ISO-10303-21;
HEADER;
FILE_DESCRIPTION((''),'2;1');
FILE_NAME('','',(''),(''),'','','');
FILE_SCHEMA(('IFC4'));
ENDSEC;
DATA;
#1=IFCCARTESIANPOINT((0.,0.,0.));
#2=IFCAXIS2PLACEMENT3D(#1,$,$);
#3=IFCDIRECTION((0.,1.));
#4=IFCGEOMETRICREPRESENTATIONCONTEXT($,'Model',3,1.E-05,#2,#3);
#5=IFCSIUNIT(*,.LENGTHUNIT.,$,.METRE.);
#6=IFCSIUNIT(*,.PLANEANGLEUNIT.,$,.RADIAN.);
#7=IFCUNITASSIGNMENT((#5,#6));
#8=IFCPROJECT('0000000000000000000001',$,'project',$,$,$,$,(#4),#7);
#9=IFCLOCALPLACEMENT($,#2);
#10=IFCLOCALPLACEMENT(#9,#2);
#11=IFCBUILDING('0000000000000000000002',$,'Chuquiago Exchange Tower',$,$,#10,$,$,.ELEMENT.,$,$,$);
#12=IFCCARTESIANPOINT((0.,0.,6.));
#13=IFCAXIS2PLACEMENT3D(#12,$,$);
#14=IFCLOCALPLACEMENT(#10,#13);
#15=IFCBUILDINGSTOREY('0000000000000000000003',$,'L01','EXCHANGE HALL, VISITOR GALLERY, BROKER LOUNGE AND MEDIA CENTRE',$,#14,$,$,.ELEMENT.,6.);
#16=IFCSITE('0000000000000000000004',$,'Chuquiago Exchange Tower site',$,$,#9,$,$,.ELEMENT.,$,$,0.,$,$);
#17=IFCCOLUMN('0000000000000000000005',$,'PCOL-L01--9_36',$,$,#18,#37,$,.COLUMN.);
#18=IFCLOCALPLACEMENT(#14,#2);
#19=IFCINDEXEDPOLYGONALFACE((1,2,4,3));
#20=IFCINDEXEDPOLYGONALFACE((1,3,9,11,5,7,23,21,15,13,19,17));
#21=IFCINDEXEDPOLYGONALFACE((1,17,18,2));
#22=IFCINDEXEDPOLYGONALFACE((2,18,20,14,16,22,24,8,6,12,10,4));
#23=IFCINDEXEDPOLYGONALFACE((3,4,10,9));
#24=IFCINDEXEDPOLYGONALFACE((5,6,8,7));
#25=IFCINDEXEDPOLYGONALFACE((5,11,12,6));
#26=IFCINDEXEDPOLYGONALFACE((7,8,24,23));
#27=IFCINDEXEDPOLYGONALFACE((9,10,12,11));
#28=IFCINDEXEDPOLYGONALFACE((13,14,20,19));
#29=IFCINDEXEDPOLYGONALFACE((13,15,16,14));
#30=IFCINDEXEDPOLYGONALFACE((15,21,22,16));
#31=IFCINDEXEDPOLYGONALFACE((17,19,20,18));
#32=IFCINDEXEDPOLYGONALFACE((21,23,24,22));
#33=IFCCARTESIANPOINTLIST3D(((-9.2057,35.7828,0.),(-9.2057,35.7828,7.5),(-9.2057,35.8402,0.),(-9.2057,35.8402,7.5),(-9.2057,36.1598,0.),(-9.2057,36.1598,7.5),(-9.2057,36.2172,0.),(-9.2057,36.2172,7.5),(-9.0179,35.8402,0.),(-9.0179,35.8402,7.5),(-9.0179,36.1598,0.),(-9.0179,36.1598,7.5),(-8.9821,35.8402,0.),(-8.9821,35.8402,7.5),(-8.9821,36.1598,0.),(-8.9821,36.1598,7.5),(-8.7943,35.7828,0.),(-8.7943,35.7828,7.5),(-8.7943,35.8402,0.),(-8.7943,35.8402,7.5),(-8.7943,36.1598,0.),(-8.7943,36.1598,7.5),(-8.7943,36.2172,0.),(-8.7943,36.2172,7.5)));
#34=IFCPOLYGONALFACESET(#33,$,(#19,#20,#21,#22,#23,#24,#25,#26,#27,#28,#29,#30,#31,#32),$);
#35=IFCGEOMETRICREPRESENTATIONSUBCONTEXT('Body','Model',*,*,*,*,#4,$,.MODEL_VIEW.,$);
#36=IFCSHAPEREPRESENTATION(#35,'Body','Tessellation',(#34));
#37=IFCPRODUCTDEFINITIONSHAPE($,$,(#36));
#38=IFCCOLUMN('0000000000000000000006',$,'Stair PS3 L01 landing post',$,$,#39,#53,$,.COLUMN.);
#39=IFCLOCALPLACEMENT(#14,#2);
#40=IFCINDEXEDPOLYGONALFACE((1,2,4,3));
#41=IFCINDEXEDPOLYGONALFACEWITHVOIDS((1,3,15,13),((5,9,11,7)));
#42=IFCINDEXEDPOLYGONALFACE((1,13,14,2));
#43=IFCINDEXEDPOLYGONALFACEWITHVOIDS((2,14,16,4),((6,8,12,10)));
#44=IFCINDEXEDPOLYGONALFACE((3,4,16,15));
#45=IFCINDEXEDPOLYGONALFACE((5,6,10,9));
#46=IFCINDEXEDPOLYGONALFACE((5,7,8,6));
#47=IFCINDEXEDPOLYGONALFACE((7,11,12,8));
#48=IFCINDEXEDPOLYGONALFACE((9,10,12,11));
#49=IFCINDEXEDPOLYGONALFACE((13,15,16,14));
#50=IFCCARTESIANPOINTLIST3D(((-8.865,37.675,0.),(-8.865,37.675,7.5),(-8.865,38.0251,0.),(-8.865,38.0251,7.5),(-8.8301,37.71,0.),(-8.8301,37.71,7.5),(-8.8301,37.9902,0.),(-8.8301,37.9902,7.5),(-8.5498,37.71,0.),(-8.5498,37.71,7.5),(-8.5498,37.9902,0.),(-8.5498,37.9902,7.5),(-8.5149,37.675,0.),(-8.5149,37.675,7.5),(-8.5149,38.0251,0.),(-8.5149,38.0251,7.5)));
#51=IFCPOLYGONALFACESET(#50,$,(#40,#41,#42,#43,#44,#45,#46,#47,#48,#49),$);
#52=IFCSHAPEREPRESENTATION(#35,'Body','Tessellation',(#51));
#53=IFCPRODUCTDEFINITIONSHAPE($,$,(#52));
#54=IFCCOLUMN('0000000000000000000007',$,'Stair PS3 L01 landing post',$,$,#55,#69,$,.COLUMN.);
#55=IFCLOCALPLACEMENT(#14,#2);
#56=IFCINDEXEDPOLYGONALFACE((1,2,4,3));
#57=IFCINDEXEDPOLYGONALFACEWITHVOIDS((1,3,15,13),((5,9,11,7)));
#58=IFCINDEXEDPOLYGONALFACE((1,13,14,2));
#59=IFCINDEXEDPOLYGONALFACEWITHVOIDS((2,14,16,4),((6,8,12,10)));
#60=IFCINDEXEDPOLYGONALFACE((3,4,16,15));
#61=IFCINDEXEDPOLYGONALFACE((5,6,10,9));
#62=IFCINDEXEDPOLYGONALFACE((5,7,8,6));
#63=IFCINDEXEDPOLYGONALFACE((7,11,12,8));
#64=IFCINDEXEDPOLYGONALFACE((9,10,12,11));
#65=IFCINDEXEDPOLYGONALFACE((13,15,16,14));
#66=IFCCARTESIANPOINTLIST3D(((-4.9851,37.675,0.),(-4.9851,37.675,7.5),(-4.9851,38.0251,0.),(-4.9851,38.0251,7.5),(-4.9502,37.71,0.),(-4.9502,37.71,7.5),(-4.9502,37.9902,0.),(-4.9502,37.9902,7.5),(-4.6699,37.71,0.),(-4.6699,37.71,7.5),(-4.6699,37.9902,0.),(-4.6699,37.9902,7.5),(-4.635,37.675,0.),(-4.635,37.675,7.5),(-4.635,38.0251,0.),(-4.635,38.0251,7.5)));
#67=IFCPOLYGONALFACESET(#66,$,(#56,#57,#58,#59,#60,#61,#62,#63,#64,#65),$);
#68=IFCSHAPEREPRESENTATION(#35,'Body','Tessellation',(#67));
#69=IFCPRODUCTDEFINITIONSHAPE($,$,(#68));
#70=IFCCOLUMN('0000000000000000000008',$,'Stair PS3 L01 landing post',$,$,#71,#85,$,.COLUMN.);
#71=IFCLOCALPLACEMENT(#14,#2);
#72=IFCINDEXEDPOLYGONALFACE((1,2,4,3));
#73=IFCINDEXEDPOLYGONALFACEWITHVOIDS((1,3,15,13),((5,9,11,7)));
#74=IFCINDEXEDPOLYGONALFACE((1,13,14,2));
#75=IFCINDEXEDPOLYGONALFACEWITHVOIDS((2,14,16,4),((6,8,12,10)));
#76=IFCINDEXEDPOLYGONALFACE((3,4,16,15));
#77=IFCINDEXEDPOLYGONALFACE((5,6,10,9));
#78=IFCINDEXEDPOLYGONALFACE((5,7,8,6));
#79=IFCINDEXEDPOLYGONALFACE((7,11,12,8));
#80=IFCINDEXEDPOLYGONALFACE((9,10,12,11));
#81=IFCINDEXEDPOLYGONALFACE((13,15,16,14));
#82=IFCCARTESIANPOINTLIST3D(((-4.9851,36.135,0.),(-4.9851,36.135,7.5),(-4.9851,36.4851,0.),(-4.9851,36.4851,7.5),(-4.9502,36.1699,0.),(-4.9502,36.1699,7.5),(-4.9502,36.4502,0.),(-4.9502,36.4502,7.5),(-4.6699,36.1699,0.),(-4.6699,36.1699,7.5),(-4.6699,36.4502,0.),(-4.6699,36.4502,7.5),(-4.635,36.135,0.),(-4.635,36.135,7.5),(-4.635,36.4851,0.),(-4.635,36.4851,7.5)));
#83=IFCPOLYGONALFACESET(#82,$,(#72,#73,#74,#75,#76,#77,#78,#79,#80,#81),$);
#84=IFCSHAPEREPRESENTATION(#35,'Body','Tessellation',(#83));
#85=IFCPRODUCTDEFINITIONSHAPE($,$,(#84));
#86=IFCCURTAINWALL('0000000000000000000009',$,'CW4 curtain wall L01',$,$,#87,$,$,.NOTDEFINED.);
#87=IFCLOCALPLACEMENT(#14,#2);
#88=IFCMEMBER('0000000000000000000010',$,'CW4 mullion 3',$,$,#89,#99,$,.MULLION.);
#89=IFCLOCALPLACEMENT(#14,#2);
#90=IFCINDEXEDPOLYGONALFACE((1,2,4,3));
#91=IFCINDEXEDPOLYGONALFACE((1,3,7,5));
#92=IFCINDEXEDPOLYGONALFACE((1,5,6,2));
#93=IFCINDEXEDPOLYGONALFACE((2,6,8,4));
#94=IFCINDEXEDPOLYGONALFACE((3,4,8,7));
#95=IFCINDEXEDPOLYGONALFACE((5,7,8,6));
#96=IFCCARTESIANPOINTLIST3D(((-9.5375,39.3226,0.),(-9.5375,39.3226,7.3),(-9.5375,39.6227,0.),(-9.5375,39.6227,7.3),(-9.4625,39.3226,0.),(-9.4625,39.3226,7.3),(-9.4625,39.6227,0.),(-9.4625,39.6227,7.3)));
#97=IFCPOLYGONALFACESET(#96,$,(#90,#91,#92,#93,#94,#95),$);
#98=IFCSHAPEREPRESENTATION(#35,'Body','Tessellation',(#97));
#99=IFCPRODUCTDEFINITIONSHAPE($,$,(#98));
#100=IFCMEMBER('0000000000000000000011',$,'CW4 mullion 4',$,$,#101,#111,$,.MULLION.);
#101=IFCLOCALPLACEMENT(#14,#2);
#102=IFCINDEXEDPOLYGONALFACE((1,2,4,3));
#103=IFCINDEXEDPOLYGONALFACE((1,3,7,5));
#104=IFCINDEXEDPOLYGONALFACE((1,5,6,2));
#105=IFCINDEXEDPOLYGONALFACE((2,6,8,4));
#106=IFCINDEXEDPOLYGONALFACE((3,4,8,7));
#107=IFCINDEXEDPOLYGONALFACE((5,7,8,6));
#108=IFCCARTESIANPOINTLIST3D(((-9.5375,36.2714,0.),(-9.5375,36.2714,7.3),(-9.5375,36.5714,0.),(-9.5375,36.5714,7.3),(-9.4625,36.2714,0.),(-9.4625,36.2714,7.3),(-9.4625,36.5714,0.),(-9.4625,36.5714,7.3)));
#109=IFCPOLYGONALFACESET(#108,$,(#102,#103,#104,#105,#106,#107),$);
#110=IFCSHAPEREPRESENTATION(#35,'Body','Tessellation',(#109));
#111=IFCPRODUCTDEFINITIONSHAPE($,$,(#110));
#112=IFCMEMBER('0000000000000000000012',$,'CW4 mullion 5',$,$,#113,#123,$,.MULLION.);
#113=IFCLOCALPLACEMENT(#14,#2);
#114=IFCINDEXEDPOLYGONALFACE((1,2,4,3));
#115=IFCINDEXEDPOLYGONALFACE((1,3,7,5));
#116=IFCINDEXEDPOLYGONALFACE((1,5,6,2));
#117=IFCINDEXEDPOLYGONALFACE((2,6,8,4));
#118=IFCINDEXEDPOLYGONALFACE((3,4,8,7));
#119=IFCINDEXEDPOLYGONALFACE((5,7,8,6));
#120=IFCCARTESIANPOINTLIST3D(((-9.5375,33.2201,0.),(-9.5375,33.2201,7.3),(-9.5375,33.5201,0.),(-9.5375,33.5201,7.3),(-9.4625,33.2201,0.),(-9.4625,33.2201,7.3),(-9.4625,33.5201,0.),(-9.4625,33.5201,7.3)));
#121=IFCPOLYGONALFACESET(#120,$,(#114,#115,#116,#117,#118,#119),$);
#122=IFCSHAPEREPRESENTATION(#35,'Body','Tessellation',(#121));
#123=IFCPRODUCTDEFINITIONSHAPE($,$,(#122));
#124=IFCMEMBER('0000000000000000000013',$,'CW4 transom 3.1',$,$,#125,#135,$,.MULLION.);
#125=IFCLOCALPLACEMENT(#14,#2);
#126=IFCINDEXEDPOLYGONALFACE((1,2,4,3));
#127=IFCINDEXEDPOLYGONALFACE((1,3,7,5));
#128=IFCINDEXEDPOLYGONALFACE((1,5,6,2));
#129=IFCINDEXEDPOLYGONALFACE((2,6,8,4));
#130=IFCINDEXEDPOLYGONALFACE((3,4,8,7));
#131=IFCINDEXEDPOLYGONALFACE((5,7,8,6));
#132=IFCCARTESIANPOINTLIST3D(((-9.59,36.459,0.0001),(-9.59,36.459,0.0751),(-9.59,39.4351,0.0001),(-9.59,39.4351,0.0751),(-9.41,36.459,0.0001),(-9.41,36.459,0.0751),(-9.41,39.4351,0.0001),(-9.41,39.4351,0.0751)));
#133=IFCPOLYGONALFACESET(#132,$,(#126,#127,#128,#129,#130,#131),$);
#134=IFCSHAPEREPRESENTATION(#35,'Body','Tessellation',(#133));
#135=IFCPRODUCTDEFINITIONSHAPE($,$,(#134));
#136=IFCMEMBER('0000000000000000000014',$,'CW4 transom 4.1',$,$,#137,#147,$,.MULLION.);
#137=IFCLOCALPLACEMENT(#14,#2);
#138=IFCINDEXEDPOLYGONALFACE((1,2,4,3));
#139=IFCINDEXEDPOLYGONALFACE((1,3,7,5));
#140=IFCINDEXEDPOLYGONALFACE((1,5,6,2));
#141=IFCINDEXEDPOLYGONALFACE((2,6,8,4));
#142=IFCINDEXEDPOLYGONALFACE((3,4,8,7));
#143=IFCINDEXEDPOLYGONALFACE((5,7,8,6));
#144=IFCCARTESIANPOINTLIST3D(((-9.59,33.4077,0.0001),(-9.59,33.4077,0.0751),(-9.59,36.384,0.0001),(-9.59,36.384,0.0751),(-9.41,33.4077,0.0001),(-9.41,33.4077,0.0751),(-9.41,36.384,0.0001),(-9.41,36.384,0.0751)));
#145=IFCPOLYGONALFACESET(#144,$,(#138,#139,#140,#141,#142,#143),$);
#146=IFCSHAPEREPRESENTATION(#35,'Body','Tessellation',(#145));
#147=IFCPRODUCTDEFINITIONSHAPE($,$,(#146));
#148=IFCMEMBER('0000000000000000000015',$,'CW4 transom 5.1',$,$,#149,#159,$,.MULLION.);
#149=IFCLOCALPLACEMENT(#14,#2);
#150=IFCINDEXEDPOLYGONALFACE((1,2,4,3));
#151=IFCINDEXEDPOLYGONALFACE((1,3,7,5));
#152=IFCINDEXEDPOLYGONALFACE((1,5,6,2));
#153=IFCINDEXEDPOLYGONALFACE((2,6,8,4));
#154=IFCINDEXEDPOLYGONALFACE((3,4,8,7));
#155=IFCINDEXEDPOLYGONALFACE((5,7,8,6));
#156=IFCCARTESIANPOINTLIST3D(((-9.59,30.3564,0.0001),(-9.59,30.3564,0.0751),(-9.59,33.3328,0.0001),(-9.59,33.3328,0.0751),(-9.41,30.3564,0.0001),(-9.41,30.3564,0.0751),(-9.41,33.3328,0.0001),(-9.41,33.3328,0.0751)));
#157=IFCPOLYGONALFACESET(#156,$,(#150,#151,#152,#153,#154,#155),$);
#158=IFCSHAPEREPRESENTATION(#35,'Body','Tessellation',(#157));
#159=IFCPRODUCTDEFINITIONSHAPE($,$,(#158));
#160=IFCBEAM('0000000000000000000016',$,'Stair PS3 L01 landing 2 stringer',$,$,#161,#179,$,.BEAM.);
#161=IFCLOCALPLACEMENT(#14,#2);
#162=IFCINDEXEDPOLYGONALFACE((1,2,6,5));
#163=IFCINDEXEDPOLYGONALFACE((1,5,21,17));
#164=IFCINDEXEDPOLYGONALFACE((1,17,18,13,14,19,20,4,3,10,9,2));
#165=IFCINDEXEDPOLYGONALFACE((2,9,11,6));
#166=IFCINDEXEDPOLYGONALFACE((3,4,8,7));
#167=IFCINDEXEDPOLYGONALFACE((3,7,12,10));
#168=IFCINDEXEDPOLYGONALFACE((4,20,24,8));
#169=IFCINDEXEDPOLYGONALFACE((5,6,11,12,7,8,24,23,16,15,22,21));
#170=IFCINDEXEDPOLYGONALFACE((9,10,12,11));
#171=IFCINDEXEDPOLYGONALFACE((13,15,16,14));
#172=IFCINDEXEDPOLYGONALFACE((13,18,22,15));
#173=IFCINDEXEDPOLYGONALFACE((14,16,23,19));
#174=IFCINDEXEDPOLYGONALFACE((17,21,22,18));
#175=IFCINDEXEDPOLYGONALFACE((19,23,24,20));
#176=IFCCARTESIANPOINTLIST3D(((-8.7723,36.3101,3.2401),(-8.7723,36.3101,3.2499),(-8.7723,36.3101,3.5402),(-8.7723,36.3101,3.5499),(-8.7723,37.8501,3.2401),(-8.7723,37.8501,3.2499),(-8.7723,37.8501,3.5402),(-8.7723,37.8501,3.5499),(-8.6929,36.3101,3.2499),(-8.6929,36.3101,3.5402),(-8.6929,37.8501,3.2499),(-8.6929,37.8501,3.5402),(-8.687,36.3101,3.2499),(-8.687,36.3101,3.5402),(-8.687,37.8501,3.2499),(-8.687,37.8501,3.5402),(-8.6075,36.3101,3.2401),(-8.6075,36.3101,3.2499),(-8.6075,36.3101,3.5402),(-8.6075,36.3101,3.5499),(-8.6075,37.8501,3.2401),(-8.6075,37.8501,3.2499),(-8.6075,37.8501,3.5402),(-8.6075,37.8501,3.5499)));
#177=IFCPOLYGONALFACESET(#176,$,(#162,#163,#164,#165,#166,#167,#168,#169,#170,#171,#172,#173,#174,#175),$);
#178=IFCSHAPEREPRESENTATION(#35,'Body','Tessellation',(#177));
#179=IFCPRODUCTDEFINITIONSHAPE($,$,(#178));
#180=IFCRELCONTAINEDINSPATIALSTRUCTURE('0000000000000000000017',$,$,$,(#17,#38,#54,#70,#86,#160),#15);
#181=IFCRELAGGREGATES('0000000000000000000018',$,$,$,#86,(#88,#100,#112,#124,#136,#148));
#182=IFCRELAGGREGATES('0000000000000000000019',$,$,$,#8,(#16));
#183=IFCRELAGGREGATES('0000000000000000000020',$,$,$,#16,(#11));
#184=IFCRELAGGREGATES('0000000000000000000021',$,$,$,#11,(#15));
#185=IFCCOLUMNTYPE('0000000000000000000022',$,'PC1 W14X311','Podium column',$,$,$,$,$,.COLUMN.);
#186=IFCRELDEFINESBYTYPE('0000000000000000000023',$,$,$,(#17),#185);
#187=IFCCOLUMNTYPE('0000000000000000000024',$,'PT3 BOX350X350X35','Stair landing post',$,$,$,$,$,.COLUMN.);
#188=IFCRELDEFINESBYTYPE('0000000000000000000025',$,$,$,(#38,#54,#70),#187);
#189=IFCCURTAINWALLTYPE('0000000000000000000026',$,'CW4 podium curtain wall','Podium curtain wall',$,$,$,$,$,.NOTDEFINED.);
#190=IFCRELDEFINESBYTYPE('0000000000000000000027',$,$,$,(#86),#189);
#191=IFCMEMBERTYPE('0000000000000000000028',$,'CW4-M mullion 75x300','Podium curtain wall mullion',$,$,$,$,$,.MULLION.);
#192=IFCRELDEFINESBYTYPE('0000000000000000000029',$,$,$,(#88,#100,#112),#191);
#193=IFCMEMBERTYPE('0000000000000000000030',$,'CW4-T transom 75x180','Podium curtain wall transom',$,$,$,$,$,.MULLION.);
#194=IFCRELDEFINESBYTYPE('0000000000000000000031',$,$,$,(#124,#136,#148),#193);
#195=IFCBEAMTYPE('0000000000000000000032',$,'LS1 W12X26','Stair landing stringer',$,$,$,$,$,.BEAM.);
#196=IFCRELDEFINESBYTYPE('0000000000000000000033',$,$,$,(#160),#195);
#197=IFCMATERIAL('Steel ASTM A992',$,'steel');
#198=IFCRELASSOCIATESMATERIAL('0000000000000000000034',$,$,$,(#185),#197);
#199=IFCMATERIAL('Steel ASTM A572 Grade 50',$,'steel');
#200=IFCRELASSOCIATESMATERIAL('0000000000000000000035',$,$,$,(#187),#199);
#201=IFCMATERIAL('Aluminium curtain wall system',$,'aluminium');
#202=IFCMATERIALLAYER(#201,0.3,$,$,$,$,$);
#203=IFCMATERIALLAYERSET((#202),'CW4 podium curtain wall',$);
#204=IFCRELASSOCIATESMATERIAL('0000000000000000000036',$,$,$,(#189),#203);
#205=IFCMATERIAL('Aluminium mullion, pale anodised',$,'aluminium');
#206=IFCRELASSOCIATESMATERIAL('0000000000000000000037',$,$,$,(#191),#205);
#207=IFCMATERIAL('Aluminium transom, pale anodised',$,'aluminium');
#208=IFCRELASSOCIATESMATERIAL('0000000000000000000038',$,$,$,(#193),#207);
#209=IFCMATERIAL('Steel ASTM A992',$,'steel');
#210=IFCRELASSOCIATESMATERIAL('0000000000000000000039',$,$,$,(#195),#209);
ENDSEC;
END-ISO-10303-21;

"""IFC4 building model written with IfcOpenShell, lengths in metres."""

from ifc_helpers import new_model, si_unit, direction, frame, origin, origin_2d, place, context, subcontext, project, spatial, rectangle, hollow_rectangle, i_section, extrude, material, layer, layer_set, material_profile, profile_set, type_object, element, aggregate, save


model = new_model("IFC4")

# Units and contexts
model_context = context("Model", 3, precision=1e-05, world=origin(), true_north=direction((0.0, 1.0)))
body_context = subcontext(model_context, "Body", "Model", "MODEL_VIEW")
ifc_project = project(units=[si_unit("LENGTHUNIT", "METRE"), si_unit("PLANEANGLEUNIT", "RADIAN")], contexts=[model_context])

# Site, building, storey
site_placement = place(None, origin())
site = spatial("IfcSite", under=ifc_project, at=site_placement, Name="Chuquiago Exchange Tower site", CompositionType="ELEMENT", RefElevation=0.0)
building_placement = place(site_placement, origin())
building = spatial("IfcBuilding", under=site, at=building_placement, Name="Chuquiago Exchange Tower", CompositionType="ELEMENT")
storey_placement = place(building_placement, frame((0.0, 0.0, 6.0)))
storey = spatial("IfcBuildingStorey", under=building, at=storey_placement, Name="L01", Description="EXCHANGE HALL, VISITOR GALLERY, BROKER LOUNGE AND MEDIA CENTRE", CompositionType="ELEMENT", Elevation=6.0)

# Columns
ifc_material_1 = material(Name="Steel ASTM A992", Category="steel")
ifc_material_profile_1 = material_profile(ifc_material_1, i_section(OverallWidth=0.4114, OverallDepth=0.4343, WebThickness=0.0359, FlangeThickness=0.0574, at=origin_2d()), Name="W14X311")
ifc_profile_set_1 = profile_set([ifc_material_profile_1], Name="Steel ASTM A992")
column_type_1 = type_object("IfcColumnType", Name="PC1 W14X311", Description="Podium column", PredefinedType="COLUMN", material=ifc_profile_set_1)
column_placement = place(storey_placement, frame((-9.0, 36.0, 0.0), z_axis=(0.0, 0.0, 1.0), x_axis=(1.0, 0.0, 0.0)))
element("IfcColumn", 1, at=column_placement, inside=storey, type_object=column_type_1, Name="PCOL-L01--9_36", PredefinedType="COLUMN", context=body_context, shape_type="SweptSolid", body=[
    extrude(i_section(OverallWidth=0.4114, OverallDepth=0.4343, WebThickness=0.0359, FlangeThickness=0.0574, at=origin_2d()), origin(), (0.0, 0.0, 1.0), 7.5),
])
ifc_material_2 = material(Name="Steel ASTM A572 Grade 50", Category="steel")
ifc_material_profile_2 = material_profile(ifc_material_2, hollow_rectangle(XDim=0.3501, YDim=0.3501, WallThickness=0.0349, at=origin_2d()), Name="BOX350X350X35")
ifc_profile_set_2 = profile_set([ifc_material_profile_2], Name="Steel ASTM A572 Grade 50")
column_type_2 = type_object("IfcColumnType", Name="PT3 BOX350X350X35", Description="Stair landing post", PredefinedType="COLUMN", material=ifc_profile_set_2)
for number, where, z_axis, x_axis, name in (
    (2, (-8.6899, 37.8501, 0.0), (0.0, 0.0, 1.0), (1.0, 0.0, 0.0), "Stair PS3 L01 landing post"),
    (3, (-4.8101, 37.8501, 0.0), (0.0, 0.0, 1.0), (1.0, 0.0, 0.0), "Stair PS3 L01 landing post"),
    (4, (-4.8101, 36.3101, 0.0), (0.0, 0.0, 1.0), (1.0, 0.0, 0.0), "Stair PS3 L01 landing post"),
):
    element("IfcColumn", number, at=place(storey_placement, frame(where, z_axis=z_axis, x_axis=x_axis)), inside=storey, type_object=column_type_2, Name=name, PredefinedType="COLUMN", context=body_context, shape_type="SweptSolid", body=[
        extrude(hollow_rectangle(XDim=0.3501, YDim=0.3501, WallThickness=0.0349, at=origin_2d()), origin(), (0.0, 0.0, 1.0), 7.5),
    ])

# Curtain wall, members
ifc_material_3 = material(Name="Aluminium curtain wall system", Category="aluminium")
ifc_layer_1 = layer(ifc_material_3, 0.3)
ifc_layer_set_1 = layer_set([ifc_layer_1], Name="CW4 podium curtain wall")
curtain_wall_type = type_object("IfcCurtainWallType", Name="CW4 podium curtain wall", Description="Podium curtain wall", PredefinedType="NOTDEFINED", material=ifc_layer_set_1)
curtain_wall_placement = place(storey_placement, origin())
curtain_wall = element("IfcCurtainWall", 5, at=curtain_wall_placement, inside=storey, type_object=curtain_wall_type, Name="CW4 curtain wall L01", PredefinedType="NOTDEFINED")
ifc_material_4 = material(Name="Aluminium mullion, pale anodised", Category="aluminium")
ifc_material_profile_3 = material_profile(ifc_material_4, rectangle(XDim=0.075, YDim=0.3, at=origin_2d()), Name="AL 75x300")
ifc_profile_set_3 = profile_set([ifc_material_profile_3], Name="Aluminium mullion, pale anodised")
member_type_1 = type_object("IfcMemberType", Name="CW4-M mullion 75x300", Description="Podium curtain wall mullion", PredefinedType="MULLION", material=ifc_profile_set_3)
member_1_placement = place(storey_placement, frame((-9.5, 39.4727, 0.0), z_axis=(0.0, 0.0, 1.0), x_axis=(1.0, 0.0, 0.0)))
member_1 = element("IfcMember", 6, at=member_1_placement, type_object=member_type_1, Name="CW4 mullion 3", PredefinedType="MULLION", context=body_context, shape_type="SweptSolid", body=[
    extrude(rectangle(XDim=0.075, YDim=0.3, at=origin_2d()), origin(), (0.0, 0.0, 1.0), 7.3),
])
member_2_placement = place(storey_placement, frame((-9.5, 36.4214, 0.0), z_axis=(0.0, 0.0, 1.0), x_axis=(1.0, 0.0, 0.0)))
member_2 = element("IfcMember", 7, at=member_2_placement, type_object=member_type_1, Name="CW4 mullion 4", PredefinedType="MULLION", context=body_context, shape_type="SweptSolid", body=[
    extrude(rectangle(XDim=0.075, YDim=0.3, at=origin_2d()), origin(), (0.0, 0.0, 1.0), 7.3),
])
member_3_placement = place(storey_placement, frame((-9.5, 33.3701, 0.0), z_axis=(0.0, 0.0, 1.0), x_axis=(1.0, 0.0, 0.0)))
member_3 = element("IfcMember", 8, at=member_3_placement, type_object=member_type_1, Name="CW4 mullion 5", PredefinedType="MULLION", context=body_context, shape_type="SweptSolid", body=[
    extrude(rectangle(XDim=0.075, YDim=0.3, at=origin_2d()), origin(), (0.0, 0.0, 1.0), 7.3),
])
ifc_material_5 = material(Name="Aluminium transom, pale anodised", Category="aluminium")
ifc_material_profile_4 = material_profile(ifc_material_5, rectangle(XDim=0.1799, YDim=0.075, at=origin_2d()), Name="AL 180x75")
ifc_profile_set_4 = profile_set([ifc_material_profile_4], Name="Aluminium transom, pale anodised")
member_type_2 = type_object("IfcMemberType", Name="CW4-T transom 75x180", Description="Podium curtain wall transom", PredefinedType="MULLION", material=ifc_profile_set_4)
member_4_placement = place(storey_placement, frame((-9.5, 39.4351, 0.0376), z_axis=(0.0, -1.0, 0.0), x_axis=(1.0, 0.0, 0.0)))
member_4 = element("IfcMember", 9, at=member_4_placement, type_object=member_type_2, Name="CW4 transom 3.1", PredefinedType="MULLION", context=body_context, shape_type="SweptSolid", body=[
    extrude(rectangle(XDim=0.1799, YDim=0.075, at=origin_2d()), origin(), (0.0, 0.0, 1.0), 2.9761),
])
member_5_placement = place(storey_placement, frame((-9.5, 36.384, 0.0376), z_axis=(0.0, -1.0, 0.0), x_axis=(1.0, 0.0, 0.0)))
member_5 = element("IfcMember", 10, at=member_5_placement, type_object=member_type_2, Name="CW4 transom 4.1", PredefinedType="MULLION", context=body_context, shape_type="SweptSolid", body=[
    extrude(rectangle(XDim=0.1799, YDim=0.075, at=origin_2d()), origin(), (0.0, 0.0, 1.0), 2.9763),
])
member_6_placement = place(storey_placement, frame((-9.5, 33.3328, 0.0376), z_axis=(0.0, -1.0, 0.0), x_axis=(1.0, 0.0, 0.0)))
member_6 = element("IfcMember", 11, at=member_6_placement, type_object=member_type_2, Name="CW4 transom 5.1", PredefinedType="MULLION", context=body_context, shape_type="SweptSolid", body=[
    extrude(rectangle(XDim=0.1799, YDim=0.075, at=origin_2d()), origin(), (0.0, 0.0, 1.0), 2.9763),
])

# Beam
ifc_material_6 = material(Name="Steel ASTM A992", Category="steel")
ifc_material_profile_5 = material_profile(ifc_material_6, i_section(OverallWidth=0.1648, OverallDepth=0.3098, WebThickness=0.0059, FlangeThickness=0.0098, at=origin_2d()), Name="W12X26")
ifc_profile_set_5 = profile_set([ifc_material_profile_5], Name="Steel ASTM A992")
beam_type_1 = type_object("IfcBeamType", Name="LS1 W12X26", Description="Stair landing stringer", PredefinedType="BEAM", material=ifc_profile_set_5)
for number, where, z_axis, x_axis, name in (
    (12, (-8.6899, 36.3101, 3.395), (0.0, 1.0, 0.0), (-1.0, 0.0, 0.0), "Stair PS3 L01 landing 2 stringer"),
):
    element("IfcBeam", number, at=place(storey_placement, frame(where, z_axis=z_axis, x_axis=x_axis)), inside=storey, type_object=beam_type_1, Name=name, PredefinedType="BEAM", context=body_context, shape_type="SweptSolid", body=[
        extrude(i_section(OverallWidth=0.1648, OverallDepth=0.3098, WebThickness=0.0059, FlangeThickness=0.0098, at=origin_2d()), origin(), (0.0, 0.0, 1.0), 1.54),
    ])

aggregate(curtain_wall, [member_1, member_2, member_3, member_4, member_5, member_6])

save(model, "model.ifc")
